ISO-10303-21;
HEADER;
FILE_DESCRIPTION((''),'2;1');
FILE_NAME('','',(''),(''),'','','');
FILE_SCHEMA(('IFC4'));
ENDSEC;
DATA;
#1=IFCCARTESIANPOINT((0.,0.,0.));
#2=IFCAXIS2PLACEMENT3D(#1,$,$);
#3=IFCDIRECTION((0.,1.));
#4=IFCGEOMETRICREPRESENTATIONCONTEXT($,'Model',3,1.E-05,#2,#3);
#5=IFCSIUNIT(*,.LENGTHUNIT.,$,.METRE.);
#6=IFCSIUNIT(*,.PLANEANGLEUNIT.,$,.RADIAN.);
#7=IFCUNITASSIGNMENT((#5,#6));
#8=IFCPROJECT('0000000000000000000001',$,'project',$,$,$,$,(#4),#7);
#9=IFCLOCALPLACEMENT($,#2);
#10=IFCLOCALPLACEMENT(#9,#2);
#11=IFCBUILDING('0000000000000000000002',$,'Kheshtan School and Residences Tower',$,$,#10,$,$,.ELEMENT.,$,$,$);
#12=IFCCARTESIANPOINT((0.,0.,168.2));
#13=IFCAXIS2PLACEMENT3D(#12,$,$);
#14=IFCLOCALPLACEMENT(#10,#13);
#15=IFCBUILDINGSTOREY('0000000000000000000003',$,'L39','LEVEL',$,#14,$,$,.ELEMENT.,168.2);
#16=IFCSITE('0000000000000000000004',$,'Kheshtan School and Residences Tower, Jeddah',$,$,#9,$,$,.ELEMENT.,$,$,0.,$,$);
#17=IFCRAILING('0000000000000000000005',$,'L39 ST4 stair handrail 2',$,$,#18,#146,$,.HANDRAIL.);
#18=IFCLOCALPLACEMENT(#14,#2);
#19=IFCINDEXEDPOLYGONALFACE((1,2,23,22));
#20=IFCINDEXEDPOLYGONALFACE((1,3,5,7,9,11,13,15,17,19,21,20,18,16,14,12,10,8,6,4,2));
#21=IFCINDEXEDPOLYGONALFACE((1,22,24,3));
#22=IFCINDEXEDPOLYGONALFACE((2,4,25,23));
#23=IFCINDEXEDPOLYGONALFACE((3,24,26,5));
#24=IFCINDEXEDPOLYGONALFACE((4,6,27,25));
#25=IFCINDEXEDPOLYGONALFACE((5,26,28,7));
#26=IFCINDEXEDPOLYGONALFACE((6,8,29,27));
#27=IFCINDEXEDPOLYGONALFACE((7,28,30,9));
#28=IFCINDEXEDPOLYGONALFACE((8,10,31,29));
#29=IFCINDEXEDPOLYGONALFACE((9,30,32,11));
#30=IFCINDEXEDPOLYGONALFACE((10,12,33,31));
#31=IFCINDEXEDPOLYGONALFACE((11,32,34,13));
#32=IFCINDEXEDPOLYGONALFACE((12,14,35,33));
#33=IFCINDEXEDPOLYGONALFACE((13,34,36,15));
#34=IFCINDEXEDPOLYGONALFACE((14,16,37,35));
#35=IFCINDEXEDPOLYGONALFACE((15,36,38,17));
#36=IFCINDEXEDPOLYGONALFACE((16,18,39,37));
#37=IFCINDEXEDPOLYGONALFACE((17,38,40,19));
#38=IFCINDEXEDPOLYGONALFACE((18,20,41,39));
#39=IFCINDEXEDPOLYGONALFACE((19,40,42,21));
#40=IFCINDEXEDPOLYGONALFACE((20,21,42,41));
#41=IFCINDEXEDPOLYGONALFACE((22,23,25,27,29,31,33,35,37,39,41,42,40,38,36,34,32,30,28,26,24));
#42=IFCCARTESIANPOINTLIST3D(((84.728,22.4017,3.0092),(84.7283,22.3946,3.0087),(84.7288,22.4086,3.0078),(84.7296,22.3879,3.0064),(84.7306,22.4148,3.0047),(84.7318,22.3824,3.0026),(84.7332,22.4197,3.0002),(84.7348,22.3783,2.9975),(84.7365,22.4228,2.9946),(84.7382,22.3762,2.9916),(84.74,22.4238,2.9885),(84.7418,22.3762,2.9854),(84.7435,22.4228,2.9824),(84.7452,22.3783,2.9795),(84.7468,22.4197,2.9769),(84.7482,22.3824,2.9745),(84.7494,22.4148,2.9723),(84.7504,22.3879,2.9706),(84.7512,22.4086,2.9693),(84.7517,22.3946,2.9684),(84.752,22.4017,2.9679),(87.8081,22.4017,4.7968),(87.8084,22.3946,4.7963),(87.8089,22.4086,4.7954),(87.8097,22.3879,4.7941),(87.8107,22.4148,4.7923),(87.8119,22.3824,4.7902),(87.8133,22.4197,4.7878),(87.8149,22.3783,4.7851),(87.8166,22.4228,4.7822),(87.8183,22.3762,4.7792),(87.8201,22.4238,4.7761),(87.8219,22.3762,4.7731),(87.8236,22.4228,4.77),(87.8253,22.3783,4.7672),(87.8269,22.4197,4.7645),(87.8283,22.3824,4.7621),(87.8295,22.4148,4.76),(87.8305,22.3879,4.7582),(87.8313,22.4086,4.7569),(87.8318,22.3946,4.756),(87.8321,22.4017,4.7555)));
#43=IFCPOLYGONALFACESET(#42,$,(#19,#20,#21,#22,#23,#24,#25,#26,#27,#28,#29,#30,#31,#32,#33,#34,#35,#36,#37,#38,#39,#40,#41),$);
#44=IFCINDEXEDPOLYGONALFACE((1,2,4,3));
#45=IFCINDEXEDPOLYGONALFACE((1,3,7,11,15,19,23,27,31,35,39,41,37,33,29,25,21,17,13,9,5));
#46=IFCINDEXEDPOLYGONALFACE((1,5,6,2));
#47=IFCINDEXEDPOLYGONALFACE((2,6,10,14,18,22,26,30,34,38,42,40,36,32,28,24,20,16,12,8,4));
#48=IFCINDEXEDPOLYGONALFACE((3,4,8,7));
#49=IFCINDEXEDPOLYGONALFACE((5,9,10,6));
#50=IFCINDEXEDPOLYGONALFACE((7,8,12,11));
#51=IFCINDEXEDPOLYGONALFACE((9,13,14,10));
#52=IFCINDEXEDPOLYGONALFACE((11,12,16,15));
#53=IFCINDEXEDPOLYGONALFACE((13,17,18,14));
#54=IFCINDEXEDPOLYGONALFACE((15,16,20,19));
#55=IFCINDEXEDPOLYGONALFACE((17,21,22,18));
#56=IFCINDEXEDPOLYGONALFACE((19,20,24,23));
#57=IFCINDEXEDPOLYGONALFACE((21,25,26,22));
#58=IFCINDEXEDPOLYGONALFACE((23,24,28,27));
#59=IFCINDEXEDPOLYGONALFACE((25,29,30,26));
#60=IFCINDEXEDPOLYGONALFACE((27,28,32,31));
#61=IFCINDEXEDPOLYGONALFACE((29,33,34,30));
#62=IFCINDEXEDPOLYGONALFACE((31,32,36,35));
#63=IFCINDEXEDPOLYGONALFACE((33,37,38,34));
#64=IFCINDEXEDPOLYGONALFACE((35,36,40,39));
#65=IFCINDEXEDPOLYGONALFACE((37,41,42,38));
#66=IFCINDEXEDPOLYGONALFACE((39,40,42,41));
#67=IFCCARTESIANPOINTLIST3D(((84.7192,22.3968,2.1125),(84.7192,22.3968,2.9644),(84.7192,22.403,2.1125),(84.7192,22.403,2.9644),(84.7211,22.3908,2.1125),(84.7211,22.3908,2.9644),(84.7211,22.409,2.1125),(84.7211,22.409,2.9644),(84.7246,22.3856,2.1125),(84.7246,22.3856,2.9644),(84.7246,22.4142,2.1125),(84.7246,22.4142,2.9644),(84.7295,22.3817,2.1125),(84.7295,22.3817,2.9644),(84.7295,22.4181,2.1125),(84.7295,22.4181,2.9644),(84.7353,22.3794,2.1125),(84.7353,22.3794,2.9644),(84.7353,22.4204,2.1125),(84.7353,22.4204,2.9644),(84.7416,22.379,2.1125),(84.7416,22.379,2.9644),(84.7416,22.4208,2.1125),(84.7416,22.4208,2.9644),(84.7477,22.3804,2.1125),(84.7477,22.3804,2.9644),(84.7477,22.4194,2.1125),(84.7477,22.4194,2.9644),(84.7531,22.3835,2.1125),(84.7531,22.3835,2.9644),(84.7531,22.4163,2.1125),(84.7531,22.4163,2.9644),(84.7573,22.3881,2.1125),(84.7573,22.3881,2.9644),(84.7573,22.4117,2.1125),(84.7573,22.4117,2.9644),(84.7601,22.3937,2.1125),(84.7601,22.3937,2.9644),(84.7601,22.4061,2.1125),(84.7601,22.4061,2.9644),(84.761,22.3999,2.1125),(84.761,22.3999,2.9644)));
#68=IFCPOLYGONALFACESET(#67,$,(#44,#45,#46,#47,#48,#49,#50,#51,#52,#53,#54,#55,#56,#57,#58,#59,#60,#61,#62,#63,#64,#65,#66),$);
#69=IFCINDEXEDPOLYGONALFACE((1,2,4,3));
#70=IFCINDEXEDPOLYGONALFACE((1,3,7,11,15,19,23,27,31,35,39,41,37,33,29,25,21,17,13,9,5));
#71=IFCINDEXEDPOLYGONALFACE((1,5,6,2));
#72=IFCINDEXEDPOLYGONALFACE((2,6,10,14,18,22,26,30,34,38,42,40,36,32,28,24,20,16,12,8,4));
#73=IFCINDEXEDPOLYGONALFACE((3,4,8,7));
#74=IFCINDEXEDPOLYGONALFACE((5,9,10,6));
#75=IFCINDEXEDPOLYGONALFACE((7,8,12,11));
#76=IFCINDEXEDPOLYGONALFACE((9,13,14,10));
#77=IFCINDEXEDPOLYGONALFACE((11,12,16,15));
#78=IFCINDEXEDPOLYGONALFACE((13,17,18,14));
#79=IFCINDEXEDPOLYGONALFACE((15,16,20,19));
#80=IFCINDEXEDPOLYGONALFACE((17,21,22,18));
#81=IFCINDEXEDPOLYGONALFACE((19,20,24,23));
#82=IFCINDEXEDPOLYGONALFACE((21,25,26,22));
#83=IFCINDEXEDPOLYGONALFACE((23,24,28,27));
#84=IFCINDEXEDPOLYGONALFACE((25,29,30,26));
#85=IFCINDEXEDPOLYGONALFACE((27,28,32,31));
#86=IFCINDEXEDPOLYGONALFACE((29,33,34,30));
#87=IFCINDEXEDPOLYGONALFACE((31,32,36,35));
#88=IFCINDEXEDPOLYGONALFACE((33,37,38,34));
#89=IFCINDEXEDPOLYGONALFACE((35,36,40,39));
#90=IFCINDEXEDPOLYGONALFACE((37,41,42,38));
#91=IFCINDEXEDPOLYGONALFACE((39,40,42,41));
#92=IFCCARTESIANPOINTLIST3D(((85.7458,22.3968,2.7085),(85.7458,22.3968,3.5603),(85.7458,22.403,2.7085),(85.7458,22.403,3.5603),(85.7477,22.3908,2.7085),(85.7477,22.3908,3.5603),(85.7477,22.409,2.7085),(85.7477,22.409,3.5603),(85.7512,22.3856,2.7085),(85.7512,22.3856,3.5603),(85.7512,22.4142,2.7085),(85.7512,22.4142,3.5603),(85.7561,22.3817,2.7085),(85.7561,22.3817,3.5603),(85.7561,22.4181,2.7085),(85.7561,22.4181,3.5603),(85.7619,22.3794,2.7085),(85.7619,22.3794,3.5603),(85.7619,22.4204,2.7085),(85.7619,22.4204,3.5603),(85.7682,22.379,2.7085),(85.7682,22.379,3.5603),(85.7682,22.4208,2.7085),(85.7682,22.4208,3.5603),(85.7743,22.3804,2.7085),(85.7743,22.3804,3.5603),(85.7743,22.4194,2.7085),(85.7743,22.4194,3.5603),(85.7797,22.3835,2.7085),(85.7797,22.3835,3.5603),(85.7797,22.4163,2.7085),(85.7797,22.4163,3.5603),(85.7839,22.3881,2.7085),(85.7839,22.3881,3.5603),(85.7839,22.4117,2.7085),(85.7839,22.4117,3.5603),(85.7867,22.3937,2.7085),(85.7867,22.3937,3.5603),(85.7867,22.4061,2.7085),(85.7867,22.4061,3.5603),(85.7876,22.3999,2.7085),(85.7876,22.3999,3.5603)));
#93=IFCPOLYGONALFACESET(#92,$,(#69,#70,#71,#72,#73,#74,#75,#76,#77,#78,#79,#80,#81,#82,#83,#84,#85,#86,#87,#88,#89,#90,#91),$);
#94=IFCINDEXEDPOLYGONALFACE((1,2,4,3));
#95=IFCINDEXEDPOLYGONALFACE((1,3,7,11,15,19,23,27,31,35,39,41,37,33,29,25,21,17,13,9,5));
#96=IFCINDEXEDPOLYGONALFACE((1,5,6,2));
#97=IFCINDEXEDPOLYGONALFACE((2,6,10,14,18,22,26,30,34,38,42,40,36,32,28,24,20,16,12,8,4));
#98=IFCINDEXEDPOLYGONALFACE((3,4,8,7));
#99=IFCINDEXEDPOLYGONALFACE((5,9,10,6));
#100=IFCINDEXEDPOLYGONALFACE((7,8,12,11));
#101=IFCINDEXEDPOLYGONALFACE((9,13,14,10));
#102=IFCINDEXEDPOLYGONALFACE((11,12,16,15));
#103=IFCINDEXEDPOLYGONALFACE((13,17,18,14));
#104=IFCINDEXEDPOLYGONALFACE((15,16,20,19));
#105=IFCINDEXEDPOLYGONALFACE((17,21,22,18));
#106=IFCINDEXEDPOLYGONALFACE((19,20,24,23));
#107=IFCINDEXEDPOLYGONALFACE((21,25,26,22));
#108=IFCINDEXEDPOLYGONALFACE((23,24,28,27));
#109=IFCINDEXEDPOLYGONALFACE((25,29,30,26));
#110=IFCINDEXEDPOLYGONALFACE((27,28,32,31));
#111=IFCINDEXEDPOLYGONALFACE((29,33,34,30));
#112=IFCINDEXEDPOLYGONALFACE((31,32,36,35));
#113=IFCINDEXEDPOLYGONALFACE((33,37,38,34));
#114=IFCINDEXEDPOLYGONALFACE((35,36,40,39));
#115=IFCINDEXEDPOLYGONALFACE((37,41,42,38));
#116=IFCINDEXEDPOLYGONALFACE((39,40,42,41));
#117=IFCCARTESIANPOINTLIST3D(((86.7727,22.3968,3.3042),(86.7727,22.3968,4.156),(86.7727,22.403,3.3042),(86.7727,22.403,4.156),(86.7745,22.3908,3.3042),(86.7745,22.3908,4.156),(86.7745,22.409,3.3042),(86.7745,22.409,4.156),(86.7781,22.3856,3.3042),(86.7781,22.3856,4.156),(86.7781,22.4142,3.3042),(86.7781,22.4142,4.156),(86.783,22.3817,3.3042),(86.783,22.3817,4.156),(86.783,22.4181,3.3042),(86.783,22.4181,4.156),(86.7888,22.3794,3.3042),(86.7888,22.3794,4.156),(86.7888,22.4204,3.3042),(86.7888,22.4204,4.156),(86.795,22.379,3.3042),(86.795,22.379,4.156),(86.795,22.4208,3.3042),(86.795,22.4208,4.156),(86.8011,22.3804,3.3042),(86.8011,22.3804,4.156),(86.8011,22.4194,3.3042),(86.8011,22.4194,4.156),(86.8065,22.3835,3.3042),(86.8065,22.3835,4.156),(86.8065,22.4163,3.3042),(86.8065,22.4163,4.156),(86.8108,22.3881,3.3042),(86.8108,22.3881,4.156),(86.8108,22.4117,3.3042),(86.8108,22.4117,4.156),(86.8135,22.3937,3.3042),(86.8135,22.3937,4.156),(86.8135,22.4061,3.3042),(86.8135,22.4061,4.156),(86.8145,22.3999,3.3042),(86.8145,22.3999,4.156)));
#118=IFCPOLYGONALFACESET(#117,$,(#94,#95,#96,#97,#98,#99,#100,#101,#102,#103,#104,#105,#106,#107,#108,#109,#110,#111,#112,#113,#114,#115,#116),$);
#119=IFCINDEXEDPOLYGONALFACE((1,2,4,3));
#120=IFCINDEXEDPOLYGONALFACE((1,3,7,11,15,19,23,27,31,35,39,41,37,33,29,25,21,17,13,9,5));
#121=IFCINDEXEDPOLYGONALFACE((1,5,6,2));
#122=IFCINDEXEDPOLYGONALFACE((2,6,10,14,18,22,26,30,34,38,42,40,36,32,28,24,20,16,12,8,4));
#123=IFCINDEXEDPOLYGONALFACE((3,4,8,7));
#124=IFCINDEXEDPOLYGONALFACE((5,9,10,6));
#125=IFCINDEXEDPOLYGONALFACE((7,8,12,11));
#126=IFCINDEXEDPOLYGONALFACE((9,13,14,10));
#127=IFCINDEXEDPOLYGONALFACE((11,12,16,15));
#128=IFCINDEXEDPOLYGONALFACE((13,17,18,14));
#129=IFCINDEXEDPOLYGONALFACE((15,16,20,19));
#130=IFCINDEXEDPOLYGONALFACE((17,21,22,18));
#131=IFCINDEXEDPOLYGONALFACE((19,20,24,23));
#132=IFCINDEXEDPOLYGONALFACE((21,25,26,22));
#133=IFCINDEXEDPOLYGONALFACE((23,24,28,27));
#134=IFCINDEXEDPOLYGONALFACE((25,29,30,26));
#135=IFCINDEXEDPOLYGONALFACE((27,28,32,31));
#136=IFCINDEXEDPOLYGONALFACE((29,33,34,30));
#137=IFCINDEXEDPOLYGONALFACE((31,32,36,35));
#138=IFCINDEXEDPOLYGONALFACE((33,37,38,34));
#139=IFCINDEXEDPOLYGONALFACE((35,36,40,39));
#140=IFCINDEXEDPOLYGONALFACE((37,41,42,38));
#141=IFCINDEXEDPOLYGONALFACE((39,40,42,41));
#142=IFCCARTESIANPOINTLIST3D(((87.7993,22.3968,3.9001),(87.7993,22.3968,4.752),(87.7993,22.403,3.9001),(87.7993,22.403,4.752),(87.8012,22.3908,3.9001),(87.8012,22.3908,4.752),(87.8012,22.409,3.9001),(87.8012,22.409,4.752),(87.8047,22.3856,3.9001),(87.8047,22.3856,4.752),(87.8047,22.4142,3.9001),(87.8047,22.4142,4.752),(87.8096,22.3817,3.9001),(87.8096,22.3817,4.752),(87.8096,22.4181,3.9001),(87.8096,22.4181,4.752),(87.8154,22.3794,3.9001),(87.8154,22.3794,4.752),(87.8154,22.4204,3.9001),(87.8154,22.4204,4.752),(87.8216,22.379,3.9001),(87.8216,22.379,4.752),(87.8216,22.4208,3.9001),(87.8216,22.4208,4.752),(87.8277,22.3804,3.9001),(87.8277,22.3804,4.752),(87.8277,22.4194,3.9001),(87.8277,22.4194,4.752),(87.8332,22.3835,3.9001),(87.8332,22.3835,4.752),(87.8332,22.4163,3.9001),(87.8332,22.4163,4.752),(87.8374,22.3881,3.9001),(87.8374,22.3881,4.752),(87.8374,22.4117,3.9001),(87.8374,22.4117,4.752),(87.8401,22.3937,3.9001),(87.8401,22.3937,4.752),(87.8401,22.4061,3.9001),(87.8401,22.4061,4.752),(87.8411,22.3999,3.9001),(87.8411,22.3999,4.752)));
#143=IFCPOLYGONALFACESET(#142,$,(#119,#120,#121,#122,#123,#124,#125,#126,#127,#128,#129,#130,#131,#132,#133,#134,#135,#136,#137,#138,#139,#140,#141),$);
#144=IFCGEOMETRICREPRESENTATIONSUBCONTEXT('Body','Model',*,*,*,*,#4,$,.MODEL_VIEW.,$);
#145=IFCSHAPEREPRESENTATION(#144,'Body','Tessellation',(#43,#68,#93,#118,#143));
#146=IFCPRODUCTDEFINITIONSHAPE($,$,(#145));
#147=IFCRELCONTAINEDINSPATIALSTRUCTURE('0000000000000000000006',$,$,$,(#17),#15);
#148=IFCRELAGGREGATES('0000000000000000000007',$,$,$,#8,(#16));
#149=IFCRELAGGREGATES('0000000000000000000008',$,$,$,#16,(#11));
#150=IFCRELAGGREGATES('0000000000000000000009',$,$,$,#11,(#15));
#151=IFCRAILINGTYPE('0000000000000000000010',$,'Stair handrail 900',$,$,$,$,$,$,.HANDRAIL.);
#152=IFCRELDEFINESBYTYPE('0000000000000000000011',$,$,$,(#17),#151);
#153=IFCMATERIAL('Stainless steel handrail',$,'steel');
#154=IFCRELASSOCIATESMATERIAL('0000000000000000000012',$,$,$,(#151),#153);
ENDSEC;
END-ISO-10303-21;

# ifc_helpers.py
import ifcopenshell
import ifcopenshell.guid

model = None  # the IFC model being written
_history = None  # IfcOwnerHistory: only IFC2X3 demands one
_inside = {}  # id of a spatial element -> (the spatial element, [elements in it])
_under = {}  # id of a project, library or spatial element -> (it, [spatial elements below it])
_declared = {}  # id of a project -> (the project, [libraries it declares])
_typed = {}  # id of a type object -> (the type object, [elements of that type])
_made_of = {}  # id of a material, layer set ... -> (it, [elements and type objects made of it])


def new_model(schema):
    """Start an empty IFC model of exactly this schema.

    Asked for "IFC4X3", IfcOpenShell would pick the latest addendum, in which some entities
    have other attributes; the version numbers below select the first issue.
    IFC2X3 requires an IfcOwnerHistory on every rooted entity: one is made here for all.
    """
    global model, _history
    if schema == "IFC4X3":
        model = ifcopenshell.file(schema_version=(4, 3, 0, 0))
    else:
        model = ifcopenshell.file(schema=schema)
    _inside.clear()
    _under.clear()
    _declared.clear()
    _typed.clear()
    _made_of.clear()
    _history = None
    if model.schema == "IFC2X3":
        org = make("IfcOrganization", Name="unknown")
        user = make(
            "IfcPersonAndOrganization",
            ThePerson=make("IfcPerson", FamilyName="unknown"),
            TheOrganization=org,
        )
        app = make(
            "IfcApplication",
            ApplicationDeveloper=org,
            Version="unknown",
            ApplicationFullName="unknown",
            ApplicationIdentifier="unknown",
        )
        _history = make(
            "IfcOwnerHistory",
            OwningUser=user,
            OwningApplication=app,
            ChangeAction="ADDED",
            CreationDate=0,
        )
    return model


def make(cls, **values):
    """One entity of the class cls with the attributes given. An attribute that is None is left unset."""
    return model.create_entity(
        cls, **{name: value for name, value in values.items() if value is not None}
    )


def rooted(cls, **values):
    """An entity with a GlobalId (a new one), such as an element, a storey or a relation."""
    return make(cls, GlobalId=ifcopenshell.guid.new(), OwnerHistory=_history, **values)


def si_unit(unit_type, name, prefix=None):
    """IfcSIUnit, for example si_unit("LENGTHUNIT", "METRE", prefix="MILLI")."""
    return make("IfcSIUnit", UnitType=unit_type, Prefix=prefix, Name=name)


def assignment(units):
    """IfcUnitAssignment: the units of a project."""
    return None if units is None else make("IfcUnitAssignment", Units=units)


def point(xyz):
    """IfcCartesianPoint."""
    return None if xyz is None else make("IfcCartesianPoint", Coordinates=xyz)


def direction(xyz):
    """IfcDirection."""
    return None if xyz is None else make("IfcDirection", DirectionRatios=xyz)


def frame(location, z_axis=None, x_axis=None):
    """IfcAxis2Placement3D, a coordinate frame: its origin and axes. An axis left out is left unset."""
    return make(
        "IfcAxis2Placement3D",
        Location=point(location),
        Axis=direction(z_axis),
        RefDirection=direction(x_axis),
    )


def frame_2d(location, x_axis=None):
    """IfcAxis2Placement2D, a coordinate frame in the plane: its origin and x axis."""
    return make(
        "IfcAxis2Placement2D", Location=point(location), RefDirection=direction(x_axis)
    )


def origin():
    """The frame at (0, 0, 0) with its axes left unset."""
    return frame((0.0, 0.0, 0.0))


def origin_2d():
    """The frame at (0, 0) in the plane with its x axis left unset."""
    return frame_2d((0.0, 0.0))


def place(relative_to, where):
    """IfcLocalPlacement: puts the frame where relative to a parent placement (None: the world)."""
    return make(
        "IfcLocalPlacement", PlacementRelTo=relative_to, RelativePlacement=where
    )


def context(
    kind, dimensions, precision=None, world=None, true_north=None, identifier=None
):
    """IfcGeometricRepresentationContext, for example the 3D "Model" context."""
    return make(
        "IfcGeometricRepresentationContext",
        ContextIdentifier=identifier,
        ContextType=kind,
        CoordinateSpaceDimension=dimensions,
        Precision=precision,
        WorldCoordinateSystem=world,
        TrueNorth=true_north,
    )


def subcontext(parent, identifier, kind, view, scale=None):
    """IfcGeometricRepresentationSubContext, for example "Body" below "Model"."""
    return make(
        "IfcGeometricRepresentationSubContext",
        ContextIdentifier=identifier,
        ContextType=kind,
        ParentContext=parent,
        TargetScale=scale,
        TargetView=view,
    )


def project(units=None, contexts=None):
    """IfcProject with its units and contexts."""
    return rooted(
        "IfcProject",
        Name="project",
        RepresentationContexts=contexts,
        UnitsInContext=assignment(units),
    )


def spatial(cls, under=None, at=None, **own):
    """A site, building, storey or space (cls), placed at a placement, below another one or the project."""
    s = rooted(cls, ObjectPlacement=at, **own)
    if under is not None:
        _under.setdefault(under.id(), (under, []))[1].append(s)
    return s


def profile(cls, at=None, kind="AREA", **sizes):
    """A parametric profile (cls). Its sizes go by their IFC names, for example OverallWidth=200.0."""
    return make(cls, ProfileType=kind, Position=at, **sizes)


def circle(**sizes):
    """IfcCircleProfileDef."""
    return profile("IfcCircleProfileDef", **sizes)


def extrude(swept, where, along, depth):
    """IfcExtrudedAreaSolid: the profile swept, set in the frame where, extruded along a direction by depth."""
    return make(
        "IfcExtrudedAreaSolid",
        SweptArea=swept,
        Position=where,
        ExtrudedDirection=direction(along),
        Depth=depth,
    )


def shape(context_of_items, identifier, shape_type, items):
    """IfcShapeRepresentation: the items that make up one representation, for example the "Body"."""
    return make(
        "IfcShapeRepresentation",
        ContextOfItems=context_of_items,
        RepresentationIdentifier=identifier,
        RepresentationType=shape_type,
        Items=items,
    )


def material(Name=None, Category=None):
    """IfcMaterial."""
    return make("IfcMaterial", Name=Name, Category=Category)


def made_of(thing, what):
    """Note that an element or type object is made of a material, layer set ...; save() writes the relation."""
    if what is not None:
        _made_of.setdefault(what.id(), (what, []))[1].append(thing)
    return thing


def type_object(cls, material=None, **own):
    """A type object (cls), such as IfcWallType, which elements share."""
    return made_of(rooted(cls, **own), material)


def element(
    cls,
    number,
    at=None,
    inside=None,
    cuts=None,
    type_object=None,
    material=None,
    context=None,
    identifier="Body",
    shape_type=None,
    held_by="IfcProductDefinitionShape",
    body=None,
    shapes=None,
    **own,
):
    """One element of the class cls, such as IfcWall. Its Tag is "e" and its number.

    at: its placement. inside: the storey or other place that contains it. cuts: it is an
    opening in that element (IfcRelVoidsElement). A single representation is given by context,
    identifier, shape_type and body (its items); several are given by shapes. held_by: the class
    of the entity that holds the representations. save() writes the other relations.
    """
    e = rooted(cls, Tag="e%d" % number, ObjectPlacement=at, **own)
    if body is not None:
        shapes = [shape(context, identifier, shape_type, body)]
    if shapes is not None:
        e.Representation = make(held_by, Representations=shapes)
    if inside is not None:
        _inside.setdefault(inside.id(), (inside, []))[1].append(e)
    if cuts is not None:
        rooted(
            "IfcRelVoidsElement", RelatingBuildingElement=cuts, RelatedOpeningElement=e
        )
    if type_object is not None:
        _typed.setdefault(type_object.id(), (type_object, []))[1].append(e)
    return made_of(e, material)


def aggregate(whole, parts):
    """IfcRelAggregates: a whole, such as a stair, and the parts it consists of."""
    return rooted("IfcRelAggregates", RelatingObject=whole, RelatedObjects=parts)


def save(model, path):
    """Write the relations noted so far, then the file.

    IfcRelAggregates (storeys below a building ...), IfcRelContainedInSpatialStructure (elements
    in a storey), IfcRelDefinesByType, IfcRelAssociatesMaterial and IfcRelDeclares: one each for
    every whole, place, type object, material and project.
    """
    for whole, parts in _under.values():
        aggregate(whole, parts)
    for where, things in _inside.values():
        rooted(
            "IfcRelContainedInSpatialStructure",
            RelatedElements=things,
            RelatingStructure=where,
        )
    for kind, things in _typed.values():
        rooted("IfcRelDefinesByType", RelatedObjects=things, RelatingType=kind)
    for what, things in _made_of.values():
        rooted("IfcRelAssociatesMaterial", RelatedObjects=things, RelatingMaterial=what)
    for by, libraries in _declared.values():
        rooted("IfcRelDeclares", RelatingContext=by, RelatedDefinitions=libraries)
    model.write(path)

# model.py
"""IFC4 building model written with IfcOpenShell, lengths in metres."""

from ifc_helpers import new_model, si_unit, direction, frame, origin, origin_2d, place, context, subcontext, project, spatial, circle, extrude, material, type_object, element, save


model = new_model("IFC4")

# Units and contexts
model_context = context("Model", 3, precision=1e-05, world=origin(), true_north=direction((0.0, 1.0)))
body_context = subcontext(model_context, "Body", "Model", "MODEL_VIEW")
ifc_project = project(units=[si_unit("LENGTHUNIT", "METRE"), si_unit("PLANEANGLEUNIT", "RADIAN")], contexts=[model_context])

# Site, building, storey
site_placement = place(None, origin())
site = spatial("IfcSite", under=ifc_project, at=site_placement, Name="Kheshtan School and Residences Tower, Jeddah", CompositionType="ELEMENT", RefElevation=0.0)
building_placement = place(site_placement, origin())
building = spatial("IfcBuilding", under=site, at=building_placement, Name="Kheshtan School and Residences Tower", CompositionType="ELEMENT")
storey_placement = place(building_placement, frame((0.0, 0.0, 168.2)))
storey = spatial("IfcBuildingStorey", under=building, at=storey_placement, Name="L39", Description="LEVEL", CompositionType="ELEMENT", Elevation=168.2)

# Railing
ifc_material_1 = material(Name="Stainless steel handrail", Category="steel")
railing_type_1 = type_object("IfcRailingType", Name="Stair handrail 900", PredefinedType="HANDRAIL", material=ifc_material_1)
railing_1_placement = place(storey_placement, frame((84.74, 22.3999, 2.1125)))
element("IfcRailing", 1, at=railing_1_placement, inside=storey, type_object=railing_type_1, Name="L39 ST4 stair handrail 2", PredefinedType="HANDRAIL", context=body_context, shape_type="SweptSolid", body=[
    extrude(circle(Radius=0.0239, at=origin_2d()), frame((0.0, 0.0, 0.876), z_axis=(0.864891, 0.0, 0.50196), x_axis=(0.0, 1.0, 0.0)), (0.0, 0.0, 1.0), 3.5613),
    extrude(circle(Radius=0.021, at=origin_2d()), origin(), (0.0, 0.0, 1.0), 0.8518),
    extrude(circle(Radius=0.021, at=origin_2d()), frame((1.0266, 0.0, 0.5959)), (0.0, 0.0, 1.0), 0.8518),
    extrude(circle(Radius=0.021, at=origin_2d()), frame((2.0535, 0.0, 1.1917)), (0.0, 0.0, 1.0), 0.8518),
    extrude(circle(Radius=0.021, at=origin_2d()), frame((3.0801, 0.0, 1.7876)), (0.0, 0.0, 1.0), 0.8518),
])

save(model, "model.ifc")
